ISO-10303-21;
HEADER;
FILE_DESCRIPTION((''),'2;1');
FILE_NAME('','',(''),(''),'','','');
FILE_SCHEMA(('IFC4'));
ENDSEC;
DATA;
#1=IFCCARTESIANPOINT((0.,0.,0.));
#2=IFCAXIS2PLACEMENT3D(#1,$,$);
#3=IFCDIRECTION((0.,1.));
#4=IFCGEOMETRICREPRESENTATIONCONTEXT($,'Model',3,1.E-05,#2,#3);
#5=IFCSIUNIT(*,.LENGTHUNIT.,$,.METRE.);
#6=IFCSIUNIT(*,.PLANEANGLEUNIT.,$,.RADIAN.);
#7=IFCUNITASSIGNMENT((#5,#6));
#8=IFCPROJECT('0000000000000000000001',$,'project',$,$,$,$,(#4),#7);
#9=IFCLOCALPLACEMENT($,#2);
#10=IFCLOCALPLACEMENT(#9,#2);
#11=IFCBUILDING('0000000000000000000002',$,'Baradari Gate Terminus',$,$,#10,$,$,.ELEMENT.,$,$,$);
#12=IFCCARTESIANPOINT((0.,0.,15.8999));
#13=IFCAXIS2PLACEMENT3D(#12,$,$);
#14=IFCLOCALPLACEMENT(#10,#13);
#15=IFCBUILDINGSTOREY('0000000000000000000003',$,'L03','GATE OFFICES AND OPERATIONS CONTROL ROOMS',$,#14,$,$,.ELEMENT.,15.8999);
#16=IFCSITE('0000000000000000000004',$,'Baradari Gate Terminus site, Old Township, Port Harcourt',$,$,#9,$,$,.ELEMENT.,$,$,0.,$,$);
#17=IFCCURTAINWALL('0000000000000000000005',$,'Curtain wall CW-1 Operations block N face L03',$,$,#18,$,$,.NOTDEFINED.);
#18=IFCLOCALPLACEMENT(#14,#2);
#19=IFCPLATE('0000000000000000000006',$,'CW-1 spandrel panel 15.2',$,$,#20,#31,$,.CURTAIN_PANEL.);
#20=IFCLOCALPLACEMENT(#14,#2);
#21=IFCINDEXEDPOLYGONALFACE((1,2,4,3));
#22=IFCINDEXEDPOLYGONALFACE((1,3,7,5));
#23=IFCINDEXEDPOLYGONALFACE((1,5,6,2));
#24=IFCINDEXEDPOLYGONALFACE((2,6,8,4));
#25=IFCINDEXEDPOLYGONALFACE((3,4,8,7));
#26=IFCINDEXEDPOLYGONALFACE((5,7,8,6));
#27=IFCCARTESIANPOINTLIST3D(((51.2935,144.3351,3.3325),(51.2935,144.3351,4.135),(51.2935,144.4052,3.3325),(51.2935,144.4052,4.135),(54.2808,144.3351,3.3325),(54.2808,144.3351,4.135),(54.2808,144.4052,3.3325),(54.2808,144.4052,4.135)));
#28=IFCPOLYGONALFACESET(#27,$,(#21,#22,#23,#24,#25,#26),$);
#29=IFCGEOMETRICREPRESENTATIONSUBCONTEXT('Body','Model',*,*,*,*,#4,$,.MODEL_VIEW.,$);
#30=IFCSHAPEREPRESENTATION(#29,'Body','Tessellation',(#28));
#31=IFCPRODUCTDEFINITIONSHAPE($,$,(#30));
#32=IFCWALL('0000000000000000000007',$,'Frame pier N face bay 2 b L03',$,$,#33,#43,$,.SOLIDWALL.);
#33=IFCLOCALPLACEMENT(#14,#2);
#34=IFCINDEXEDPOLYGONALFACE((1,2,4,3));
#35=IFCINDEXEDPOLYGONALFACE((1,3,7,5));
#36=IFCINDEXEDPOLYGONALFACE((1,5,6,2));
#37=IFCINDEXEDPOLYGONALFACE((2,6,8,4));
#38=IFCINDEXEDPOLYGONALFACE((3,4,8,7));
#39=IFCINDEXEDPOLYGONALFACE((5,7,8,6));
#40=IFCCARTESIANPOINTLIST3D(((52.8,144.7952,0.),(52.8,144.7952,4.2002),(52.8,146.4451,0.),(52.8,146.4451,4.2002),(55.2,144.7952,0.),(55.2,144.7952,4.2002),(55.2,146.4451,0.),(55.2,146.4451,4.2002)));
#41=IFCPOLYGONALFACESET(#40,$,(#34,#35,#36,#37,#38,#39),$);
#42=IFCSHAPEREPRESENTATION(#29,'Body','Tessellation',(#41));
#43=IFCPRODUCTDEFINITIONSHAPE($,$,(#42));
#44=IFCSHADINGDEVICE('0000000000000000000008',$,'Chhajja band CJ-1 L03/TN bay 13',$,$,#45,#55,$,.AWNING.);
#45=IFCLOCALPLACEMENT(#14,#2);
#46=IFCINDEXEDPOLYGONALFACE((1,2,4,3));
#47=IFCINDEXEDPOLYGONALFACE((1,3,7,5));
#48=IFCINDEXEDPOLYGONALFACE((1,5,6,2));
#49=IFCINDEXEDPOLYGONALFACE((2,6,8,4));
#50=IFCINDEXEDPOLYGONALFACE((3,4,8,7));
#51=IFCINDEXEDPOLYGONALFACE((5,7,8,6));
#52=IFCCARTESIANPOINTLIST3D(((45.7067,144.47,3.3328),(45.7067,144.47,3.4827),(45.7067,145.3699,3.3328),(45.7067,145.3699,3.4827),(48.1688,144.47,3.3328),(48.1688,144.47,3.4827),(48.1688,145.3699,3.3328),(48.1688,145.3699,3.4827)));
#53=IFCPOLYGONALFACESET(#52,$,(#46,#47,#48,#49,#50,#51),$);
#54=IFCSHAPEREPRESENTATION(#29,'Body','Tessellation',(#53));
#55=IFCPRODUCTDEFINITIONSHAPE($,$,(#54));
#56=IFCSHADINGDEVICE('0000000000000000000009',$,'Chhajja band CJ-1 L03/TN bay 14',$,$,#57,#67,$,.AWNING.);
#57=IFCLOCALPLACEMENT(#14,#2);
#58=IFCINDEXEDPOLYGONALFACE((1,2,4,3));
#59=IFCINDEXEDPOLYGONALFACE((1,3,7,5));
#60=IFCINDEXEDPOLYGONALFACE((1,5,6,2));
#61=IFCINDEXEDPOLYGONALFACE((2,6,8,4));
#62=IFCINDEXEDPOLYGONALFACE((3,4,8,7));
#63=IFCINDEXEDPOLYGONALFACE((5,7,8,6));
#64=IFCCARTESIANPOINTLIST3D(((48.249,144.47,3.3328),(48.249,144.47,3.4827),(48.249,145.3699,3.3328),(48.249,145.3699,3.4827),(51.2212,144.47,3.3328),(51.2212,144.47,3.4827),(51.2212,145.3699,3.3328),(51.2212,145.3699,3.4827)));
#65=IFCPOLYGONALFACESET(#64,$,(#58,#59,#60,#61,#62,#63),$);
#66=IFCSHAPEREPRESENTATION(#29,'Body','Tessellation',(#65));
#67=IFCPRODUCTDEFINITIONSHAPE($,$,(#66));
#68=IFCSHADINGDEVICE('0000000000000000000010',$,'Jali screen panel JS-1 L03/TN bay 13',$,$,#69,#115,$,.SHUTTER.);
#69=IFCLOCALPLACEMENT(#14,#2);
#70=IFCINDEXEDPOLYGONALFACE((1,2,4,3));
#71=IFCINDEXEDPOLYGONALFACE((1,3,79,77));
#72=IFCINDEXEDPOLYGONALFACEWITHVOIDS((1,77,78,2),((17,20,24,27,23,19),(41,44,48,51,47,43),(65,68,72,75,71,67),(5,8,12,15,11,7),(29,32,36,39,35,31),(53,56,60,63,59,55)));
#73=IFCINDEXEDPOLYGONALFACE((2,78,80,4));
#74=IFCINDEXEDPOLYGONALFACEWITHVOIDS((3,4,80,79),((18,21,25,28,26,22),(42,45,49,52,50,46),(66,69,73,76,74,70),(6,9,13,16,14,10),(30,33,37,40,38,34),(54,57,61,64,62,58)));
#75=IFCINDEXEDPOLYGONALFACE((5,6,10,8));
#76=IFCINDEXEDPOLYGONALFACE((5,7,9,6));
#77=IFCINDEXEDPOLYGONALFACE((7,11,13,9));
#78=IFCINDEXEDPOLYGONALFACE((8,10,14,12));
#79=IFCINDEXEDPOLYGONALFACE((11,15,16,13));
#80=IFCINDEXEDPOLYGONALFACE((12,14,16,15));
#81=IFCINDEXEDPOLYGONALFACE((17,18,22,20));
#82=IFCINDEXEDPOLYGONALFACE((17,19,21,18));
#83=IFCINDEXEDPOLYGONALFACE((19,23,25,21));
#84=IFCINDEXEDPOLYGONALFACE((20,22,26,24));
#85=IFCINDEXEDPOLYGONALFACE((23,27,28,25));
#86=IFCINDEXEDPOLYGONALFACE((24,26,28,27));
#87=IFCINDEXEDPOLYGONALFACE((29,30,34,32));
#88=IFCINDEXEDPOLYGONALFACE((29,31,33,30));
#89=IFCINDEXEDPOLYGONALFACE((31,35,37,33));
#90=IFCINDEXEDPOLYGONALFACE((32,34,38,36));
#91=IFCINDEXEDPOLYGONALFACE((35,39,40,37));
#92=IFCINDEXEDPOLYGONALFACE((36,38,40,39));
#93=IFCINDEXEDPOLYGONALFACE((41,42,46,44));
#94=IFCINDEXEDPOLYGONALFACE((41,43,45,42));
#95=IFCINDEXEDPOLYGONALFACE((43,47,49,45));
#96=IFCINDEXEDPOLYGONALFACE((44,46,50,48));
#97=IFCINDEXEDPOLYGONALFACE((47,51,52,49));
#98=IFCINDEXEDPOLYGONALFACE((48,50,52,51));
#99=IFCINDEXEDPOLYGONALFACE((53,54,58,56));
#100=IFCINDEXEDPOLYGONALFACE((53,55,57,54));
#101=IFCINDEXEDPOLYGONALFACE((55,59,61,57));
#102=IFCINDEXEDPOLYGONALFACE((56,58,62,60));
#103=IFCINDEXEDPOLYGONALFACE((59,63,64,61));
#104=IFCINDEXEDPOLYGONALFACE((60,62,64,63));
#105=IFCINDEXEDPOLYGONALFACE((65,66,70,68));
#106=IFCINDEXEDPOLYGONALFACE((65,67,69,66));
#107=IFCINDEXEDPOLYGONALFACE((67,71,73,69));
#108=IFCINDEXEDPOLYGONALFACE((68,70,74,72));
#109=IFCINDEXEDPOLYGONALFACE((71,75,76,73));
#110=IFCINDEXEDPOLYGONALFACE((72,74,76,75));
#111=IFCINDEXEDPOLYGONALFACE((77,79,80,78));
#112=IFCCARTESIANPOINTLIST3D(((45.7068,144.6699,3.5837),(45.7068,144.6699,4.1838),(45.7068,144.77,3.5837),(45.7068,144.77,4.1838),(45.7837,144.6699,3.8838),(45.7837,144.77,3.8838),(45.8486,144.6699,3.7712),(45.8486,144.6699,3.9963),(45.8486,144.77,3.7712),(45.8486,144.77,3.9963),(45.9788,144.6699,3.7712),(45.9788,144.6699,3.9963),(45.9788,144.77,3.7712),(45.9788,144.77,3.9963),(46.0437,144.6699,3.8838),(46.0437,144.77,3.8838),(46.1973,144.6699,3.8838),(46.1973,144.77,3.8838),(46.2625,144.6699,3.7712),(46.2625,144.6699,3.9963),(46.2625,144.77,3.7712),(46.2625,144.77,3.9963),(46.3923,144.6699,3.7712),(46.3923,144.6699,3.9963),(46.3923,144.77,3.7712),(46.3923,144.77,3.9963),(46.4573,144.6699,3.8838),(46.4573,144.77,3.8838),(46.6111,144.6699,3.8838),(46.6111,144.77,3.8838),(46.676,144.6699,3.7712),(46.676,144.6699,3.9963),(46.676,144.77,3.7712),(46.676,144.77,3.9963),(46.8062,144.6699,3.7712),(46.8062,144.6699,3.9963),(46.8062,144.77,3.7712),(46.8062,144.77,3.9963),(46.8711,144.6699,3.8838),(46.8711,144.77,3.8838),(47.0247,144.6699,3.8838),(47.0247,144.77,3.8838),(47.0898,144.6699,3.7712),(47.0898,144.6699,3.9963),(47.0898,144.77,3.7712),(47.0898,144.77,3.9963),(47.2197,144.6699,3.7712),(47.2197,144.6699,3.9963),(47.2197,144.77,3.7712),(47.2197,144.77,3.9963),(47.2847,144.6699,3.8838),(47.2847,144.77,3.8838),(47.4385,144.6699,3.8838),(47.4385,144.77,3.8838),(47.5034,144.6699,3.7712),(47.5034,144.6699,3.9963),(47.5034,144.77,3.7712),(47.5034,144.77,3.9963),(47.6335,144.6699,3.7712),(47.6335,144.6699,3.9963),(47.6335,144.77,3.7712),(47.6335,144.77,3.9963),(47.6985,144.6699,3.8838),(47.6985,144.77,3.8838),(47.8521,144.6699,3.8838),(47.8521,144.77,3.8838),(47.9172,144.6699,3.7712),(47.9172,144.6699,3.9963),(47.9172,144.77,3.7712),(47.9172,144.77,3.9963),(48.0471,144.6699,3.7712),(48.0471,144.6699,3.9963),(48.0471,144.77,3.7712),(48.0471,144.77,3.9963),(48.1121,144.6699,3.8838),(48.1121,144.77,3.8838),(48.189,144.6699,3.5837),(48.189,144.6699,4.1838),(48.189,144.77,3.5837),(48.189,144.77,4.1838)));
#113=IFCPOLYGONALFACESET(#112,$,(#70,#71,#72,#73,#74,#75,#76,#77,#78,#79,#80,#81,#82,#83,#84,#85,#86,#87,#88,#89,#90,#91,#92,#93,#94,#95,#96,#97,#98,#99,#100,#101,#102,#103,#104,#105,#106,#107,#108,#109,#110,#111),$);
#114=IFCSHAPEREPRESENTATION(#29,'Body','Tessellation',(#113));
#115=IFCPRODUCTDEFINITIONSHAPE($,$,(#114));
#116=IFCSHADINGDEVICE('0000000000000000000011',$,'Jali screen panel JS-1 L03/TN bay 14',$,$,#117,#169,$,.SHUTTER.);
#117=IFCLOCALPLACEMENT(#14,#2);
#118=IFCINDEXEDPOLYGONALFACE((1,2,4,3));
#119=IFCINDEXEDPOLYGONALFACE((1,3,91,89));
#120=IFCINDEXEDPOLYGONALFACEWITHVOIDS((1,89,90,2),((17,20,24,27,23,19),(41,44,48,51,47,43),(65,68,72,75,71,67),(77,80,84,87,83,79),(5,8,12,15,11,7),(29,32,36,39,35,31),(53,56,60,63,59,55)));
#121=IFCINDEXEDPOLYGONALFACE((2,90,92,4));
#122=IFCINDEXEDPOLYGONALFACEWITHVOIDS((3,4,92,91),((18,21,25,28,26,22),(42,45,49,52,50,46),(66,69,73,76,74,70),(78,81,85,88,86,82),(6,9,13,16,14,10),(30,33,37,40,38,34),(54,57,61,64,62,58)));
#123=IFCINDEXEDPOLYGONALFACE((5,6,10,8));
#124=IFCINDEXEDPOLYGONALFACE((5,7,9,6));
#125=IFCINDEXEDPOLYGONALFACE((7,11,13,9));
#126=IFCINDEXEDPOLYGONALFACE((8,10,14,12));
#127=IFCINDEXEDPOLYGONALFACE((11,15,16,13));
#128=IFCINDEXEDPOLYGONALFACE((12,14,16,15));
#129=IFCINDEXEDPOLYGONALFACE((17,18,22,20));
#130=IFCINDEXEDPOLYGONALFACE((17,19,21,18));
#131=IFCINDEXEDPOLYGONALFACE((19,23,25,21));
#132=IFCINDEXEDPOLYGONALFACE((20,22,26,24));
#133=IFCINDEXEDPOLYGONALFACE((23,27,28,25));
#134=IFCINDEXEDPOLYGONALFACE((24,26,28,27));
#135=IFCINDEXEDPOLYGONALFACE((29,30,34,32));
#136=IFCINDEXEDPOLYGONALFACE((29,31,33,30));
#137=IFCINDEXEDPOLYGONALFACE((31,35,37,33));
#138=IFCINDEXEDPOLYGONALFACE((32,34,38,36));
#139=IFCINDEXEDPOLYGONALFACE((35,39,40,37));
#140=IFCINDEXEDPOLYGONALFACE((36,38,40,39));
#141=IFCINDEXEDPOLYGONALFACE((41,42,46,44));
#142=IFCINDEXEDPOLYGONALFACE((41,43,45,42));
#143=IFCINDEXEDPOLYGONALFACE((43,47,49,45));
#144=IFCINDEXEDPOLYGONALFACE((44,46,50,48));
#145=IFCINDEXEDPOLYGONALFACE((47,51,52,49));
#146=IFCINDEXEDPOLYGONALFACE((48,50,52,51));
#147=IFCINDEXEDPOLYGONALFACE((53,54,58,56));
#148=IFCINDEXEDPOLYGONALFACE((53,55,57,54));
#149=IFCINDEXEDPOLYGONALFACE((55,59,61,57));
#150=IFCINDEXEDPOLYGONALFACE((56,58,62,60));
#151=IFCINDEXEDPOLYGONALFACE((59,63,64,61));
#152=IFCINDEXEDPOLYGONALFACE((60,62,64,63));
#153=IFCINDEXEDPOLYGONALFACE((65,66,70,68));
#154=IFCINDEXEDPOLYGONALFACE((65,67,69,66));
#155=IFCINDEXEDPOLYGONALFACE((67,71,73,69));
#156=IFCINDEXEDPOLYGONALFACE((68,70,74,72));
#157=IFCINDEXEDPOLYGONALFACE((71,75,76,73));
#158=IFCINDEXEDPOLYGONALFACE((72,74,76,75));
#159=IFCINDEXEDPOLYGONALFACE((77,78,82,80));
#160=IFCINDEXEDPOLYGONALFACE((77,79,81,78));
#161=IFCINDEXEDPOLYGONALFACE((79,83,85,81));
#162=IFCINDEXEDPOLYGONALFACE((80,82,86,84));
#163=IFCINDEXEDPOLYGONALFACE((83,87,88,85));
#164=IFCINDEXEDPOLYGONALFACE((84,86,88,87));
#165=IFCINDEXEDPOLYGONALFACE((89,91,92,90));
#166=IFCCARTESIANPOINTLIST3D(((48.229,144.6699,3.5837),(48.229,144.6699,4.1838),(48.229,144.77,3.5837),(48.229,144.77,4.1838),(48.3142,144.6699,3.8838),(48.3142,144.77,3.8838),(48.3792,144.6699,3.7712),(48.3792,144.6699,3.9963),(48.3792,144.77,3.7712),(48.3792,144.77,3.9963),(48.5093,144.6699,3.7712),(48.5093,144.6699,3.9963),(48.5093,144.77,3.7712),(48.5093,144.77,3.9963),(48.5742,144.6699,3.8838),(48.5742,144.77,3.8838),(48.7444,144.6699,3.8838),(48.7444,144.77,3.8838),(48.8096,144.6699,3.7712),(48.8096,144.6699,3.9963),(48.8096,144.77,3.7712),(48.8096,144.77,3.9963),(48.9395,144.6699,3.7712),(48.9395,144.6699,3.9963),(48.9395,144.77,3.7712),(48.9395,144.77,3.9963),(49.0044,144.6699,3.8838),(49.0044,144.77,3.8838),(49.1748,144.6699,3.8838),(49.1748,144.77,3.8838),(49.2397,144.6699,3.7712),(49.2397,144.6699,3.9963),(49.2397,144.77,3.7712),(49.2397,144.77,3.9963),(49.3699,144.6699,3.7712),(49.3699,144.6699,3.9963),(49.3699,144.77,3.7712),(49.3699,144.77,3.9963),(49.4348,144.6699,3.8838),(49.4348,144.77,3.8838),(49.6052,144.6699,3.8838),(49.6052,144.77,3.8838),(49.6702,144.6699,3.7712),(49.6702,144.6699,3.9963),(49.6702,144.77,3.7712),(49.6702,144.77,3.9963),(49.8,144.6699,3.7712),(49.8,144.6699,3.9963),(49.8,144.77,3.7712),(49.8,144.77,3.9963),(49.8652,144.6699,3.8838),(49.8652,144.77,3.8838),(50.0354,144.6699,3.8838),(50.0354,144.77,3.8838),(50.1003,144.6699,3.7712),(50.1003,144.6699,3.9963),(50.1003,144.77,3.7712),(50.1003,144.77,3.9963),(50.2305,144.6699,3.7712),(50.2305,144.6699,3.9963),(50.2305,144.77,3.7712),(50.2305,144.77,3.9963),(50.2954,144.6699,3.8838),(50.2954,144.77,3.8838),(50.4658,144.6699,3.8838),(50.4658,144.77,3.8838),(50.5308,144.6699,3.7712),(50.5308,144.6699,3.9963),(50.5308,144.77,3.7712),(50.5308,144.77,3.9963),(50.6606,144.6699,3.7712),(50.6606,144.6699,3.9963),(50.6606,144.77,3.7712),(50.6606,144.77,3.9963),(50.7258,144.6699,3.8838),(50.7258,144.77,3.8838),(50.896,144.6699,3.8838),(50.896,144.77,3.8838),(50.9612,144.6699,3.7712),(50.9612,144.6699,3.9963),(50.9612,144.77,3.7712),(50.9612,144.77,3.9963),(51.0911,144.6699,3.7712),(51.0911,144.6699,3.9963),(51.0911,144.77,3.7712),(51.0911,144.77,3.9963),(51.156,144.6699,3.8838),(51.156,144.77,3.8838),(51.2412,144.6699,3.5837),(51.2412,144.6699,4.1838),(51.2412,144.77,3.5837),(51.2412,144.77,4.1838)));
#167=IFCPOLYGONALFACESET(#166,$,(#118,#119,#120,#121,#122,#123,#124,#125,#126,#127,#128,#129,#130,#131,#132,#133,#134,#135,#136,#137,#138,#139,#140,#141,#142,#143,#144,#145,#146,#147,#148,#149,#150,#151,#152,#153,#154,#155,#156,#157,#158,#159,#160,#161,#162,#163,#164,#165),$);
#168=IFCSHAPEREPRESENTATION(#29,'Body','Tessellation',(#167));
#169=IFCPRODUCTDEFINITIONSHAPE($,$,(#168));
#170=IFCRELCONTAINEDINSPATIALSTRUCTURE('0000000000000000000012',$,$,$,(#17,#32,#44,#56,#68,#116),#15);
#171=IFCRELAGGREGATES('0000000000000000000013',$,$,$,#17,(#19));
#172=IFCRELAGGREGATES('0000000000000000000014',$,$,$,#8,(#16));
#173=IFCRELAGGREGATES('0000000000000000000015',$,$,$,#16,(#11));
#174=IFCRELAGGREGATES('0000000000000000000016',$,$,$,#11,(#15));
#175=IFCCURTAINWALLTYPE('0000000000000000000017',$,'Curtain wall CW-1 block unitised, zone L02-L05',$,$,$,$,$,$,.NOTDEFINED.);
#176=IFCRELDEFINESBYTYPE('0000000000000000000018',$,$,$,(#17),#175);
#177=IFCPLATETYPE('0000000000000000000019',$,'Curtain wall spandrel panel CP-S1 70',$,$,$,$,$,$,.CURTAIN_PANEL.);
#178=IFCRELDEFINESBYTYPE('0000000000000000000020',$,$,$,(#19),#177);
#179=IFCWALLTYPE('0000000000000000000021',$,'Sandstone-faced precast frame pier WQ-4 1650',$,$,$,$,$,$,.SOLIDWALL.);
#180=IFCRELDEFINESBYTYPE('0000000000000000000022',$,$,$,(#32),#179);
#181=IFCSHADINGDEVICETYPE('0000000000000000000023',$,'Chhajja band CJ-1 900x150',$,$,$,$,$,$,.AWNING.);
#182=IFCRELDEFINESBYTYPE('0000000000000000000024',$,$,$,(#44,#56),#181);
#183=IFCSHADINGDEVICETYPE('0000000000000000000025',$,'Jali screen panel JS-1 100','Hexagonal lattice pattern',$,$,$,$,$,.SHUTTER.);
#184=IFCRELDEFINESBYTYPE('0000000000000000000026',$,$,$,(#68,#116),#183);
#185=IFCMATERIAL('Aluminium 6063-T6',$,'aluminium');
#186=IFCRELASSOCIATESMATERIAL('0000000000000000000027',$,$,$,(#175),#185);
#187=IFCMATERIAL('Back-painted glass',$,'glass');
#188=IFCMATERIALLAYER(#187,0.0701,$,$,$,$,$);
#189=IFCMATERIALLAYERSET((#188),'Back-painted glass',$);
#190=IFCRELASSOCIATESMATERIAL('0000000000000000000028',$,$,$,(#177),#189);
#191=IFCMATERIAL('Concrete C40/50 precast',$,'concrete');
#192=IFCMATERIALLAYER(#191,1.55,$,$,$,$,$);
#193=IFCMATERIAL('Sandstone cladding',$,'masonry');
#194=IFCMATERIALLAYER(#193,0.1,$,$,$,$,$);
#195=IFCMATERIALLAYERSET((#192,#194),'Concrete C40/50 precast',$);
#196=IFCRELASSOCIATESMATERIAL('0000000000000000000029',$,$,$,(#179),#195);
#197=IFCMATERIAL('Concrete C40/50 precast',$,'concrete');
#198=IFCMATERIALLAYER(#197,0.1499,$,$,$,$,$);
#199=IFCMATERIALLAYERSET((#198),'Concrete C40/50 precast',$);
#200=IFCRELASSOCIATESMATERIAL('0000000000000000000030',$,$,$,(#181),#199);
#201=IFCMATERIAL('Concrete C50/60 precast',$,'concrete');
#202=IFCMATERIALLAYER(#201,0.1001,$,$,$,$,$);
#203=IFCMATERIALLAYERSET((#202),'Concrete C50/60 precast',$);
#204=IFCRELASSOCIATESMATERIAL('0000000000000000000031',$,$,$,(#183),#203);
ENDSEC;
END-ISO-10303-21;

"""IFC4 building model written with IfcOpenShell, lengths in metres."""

from ifc_helpers import new_model, si_unit, direction, frame, frame_2d, origin, origin_2d, place, context, subcontext, project, spatial, polyline, rectangle, outline, extrude, material, layer, layer_set, type_object, element, aggregate, save


model = new_model("IFC4")

# Units and contexts
model_context = context("Model", 3, precision=1e-05, world=origin(), true_north=direction((0.0, 1.0)))
body_context = subcontext(model_context, "Body", "Model", "MODEL_VIEW")
ifc_project = project(units=[si_unit("LENGTHUNIT", "METRE"), si_unit("PLANEANGLEUNIT", "RADIAN")], contexts=[model_context])

# Site, building, storey
site_placement = place(None, origin())
site = spatial("IfcSite", under=ifc_project, at=site_placement, Name="Baradari Gate Terminus site, Old Township, Port Harcourt", CompositionType="ELEMENT", RefElevation=0.0)
building_placement = place(site_placement, origin())
building = spatial("IfcBuilding", under=site, at=building_placement, Name="Baradari Gate Terminus", CompositionType="ELEMENT")
storey_placement = place(building_placement, frame((0.0, 0.0, 15.8999)))
storey = spatial("IfcBuildingStorey", under=building, at=storey_placement, Name="L03", Description="GATE OFFICES AND OPERATIONS CONTROL ROOMS", CompositionType="ELEMENT", Elevation=15.8999)

# Curtain wall, plate
ifc_material_1 = material(Name="Aluminium 6063-T6", Category="aluminium")
curtain_wall_type = type_object("IfcCurtainWallType", Name="Curtain wall CW-1 block unitised, zone L02-L05", PredefinedType="NOTDEFINED", material=ifc_material_1)
curtain_wall_placement = place(storey_placement, origin())
curtain_wall = element("IfcCurtainWall", 1, at=curtain_wall_placement, inside=storey, type_object=curtain_wall_type, Name="Curtain wall CW-1 Operations block N face L03", PredefinedType="NOTDEFINED")
ifc_material_2 = material(Name="Back-painted glass", Category="glass")
ifc_layer_1 = layer(ifc_material_2, 0.0701)
ifc_layer_set_1 = layer_set([ifc_layer_1], Name="Back-painted glass")
plate_type_1 = type_object("IfcPlateType", Name="Curtain wall spandrel panel CP-S1 70", PredefinedType="CURTAIN_PANEL", material=ifc_layer_set_1)
plate_1_placement = place(storey_placement, frame((52.7871, 144.3701, 3.3325), z_axis=(0.0, 0.0, 1.0), x_axis=(1.0, 0.0, 0.0)))
plate_1 = element("IfcPlate", 2, at=plate_1_placement, type_object=plate_type_1, Name="CW-1 spandrel panel 15.2", PredefinedType="CURTAIN_PANEL", context=body_context, shape_type="SweptSolid", body=[
    extrude(rectangle(XDim=2.9873, YDim=0.0701, at=origin_2d()), origin(), (0.0, 0.0, 1.0), 0.8025),
])
aggregate(curtain_wall, [plate_1])

# Wall
ifc_material_3 = material(Name="Concrete C40/50 precast", Category="concrete")
ifc_layer_2 = layer(ifc_material_3, 1.55)
ifc_material_4 = material(Name="Sandstone cladding", Category="masonry")
ifc_layer_3 = layer(ifc_material_4, 0.1)
ifc_layer_set_2 = layer_set([ifc_layer_2, ifc_layer_3], Name="Concrete C40/50 precast")
wall_type = type_object("IfcWallType", Name="Sandstone-faced precast frame pier WQ-4 1650", PredefinedType="SOLIDWALL", material=ifc_layer_set_2)
wall_placement = place(storey_placement, frame((52.8, 145.6201, 0.0), z_axis=(0.0, 0.0, 1.0), x_axis=(1.0, 0.0, 0.0)))
element("IfcWall", 3, at=wall_placement, inside=storey, type_object=wall_type, Name="Frame pier N face bay 2 b L03", PredefinedType="SOLIDWALL", context=body_context, shape_type="SweptSolid", body=[
    extrude(rectangle(XDim=2.3999, YDim=1.6499, at=frame_2d((1.2, 0.0))), origin(), (0.0, 0.0, 1.0), 4.2002),
])

# Shading devices
ifc_material_5 = material(Name="Concrete C40/50 precast", Category="concrete")
ifc_layer_4 = layer(ifc_material_5, 0.1499)
ifc_layer_set_3 = layer_set([ifc_layer_4], Name="Concrete C40/50 precast")
shading_device_type_1 = type_object("IfcShadingDeviceType", Name="Chhajja band CJ-1 900x150", PredefinedType="AWNING", material=ifc_layer_set_3)
shading_device_1_placement = place(storey_placement, frame((46.9377, 144.9199, 3.3328), z_axis=(0.0, 0.0, 1.0), x_axis=(1.0, 0.0, 0.0)))
element("IfcShadingDevice", 4, at=shading_device_1_placement, inside=storey, type_object=shading_device_type_1, Name="Chhajja band CJ-1 L03/TN bay 13", PredefinedType="AWNING", context=body_context, shape_type="SweptSolid", body=[
    extrude(rectangle(XDim=2.4622, YDim=0.8999, at=origin_2d()), origin(), (0.0, 0.0, 1.0), 0.1499),
])
shading_device_2_placement = place(storey_placement, frame((49.7351, 144.9199, 3.3328), z_axis=(0.0, 0.0, 1.0), x_axis=(1.0, 0.0, 0.0)))
element("IfcShadingDevice", 5, at=shading_device_2_placement, inside=storey, type_object=shading_device_type_1, Name="Chhajja band CJ-1 L03/TN bay 14", PredefinedType="AWNING", context=body_context, shape_type="SweptSolid", body=[
    extrude(rectangle(XDim=2.9722, YDim=0.8999, at=origin_2d()), origin(), (0.0, 0.0, 1.0), 0.1499),
])
ifc_material_6 = material(Name="Concrete C50/60 precast", Category="concrete")
ifc_layer_5 = layer(ifc_material_6, 0.1001)
ifc_layer_set_4 = layer_set([ifc_layer_5], Name="Concrete C50/60 precast")
shading_device_type_2 = type_object("IfcShadingDeviceType", Name="Jali screen panel JS-1 100", Description="Hexagonal lattice pattern", PredefinedType="SHUTTER", material=ifc_layer_set_4)
shading_device_3_placement = place(storey_placement, frame((45.7068, 144.72, 3.5837), z_axis=(0.0, 0.0, 1.0), x_axis=(1.0, 0.0, 0.0)))
element("IfcShadingDevice", 6, at=shading_device_3_placement, inside=storey, type_object=shading_device_type_2, Name="Jali screen panel JS-1 L03/TN bay 13", PredefinedType="SHUTTER", context=body_context, shape_type="SweptSolid", body=[
    extrude(outline(polyline([(0.0, 0.0), (2.4822, 0.0), (2.4822, 0.6001), (0.0, 0.6001), (0.0, 0.0)]), holes=[polyline([(0.3369, 0.3), (0.272, 0.1875), (0.1418, 0.1875), (0.0769, 0.3), (0.1418, 0.4126), (0.272, 0.4126), (0.3369, 0.3)]), polyline([(0.7505, 0.3), (0.6855, 0.1875), (0.5557, 0.1875), (0.4905, 0.3), (0.5557, 0.4126), (0.6855, 0.4126), (0.7505, 0.3)]), polyline([(1.1643, 0.3), (1.0994, 0.1875), (0.9692, 0.1875), (0.9043, 0.3), (0.9692, 0.4126), (1.0994, 0.4126), (1.1643, 0.3)]), polyline([(1.5779, 0.3), (1.5129, 0.1875), (1.3831, 0.1875), (1.3179, 0.3), (1.3831, 0.4126), (1.5129, 0.4126), (1.5779, 0.3)]), polyline([(1.9917, 0.3), (1.9268, 0.1875), (1.7966, 0.1875), (1.7317, 0.3), (1.7966, 0.4126), (1.9268, 0.4126), (1.9917, 0.3)]), polyline([(2.4053, 0.3), (2.3403, 0.1875), (2.2104, 0.1875), (2.1453, 0.3), (2.2104, 0.4126), (2.3403, 0.4126), (2.4053, 0.3)])]), frame((0.0, 0.05, 0.0), z_axis=(0.0, -1.0, 0.0), x_axis=(1.0, 0.0, 0.0)), (0.0, 0.0, 1.0), 0.1001),
])
shading_device_4_placement = place(storey_placement, frame((48.229, 144.72, 3.5837), z_axis=(0.0, 0.0, 1.0), x_axis=(1.0, 0.0, 0.0)))
element("IfcShadingDevice", 7, at=shading_device_4_placement, inside=storey, type_object=shading_device_type_2, Name="Jali screen panel JS-1 L03/TN bay 14", PredefinedType="SHUTTER", context=body_context, shape_type="SweptSolid", body=[
    extrude(outline(polyline([(0.0, 0.0), (3.0122, 0.0), (3.0122, 0.6001), (0.0, 0.6001), (0.0, 0.0)]), holes=[polyline([(0.3452, 0.3), (0.2803, 0.1875), (0.1501, 0.1875), (0.0852, 0.3), (0.1501, 0.4126), (0.2803, 0.4126), (0.3452, 0.3)]), polyline([(0.7754, 0.3), (0.7104, 0.1875), (0.5806, 0.1875), (0.5154, 0.3), (0.5806, 0.4126), (0.7104, 0.4126), (0.7754, 0.3)]), polyline([(1.2058, 0.3), (1.1409, 0.1875), (1.0107, 0.1875), (0.9458, 0.3), (1.0107, 0.4126), (1.1409, 0.4126), (1.2058, 0.3)]), polyline([(1.6362, 0.3), (1.571, 0.1875), (1.4412, 0.1875), (1.3762, 0.3), (1.4412, 0.4126), (1.571, 0.4126), (1.6362, 0.3)]), polyline([(2.0664, 0.3), (2.0015, 0.1875), (1.8713, 0.1875), (1.8064, 0.3), (1.8713, 0.4126), (2.0015, 0.4126), (2.0664, 0.3)]), polyline([(2.4968, 0.3), (2.4316, 0.1875), (2.3018, 0.1875), (2.2368, 0.3), (2.3018, 0.4126), (2.4316, 0.4126), (2.4968, 0.3)]), polyline([(2.927, 0.3), (2.8621, 0.1875), (2.7322, 0.1875), (2.667, 0.3), (2.7322, 0.4126), (2.8621, 0.4126), (2.927, 0.3)])]), frame((0.0, 0.05, 0.0), z_axis=(0.0, -1.0, 0.0), x_axis=(1.0, 0.0, 0.0)), (0.0, 0.0, 1.0), 0.1001),
])

save(model, "model.ifc")
